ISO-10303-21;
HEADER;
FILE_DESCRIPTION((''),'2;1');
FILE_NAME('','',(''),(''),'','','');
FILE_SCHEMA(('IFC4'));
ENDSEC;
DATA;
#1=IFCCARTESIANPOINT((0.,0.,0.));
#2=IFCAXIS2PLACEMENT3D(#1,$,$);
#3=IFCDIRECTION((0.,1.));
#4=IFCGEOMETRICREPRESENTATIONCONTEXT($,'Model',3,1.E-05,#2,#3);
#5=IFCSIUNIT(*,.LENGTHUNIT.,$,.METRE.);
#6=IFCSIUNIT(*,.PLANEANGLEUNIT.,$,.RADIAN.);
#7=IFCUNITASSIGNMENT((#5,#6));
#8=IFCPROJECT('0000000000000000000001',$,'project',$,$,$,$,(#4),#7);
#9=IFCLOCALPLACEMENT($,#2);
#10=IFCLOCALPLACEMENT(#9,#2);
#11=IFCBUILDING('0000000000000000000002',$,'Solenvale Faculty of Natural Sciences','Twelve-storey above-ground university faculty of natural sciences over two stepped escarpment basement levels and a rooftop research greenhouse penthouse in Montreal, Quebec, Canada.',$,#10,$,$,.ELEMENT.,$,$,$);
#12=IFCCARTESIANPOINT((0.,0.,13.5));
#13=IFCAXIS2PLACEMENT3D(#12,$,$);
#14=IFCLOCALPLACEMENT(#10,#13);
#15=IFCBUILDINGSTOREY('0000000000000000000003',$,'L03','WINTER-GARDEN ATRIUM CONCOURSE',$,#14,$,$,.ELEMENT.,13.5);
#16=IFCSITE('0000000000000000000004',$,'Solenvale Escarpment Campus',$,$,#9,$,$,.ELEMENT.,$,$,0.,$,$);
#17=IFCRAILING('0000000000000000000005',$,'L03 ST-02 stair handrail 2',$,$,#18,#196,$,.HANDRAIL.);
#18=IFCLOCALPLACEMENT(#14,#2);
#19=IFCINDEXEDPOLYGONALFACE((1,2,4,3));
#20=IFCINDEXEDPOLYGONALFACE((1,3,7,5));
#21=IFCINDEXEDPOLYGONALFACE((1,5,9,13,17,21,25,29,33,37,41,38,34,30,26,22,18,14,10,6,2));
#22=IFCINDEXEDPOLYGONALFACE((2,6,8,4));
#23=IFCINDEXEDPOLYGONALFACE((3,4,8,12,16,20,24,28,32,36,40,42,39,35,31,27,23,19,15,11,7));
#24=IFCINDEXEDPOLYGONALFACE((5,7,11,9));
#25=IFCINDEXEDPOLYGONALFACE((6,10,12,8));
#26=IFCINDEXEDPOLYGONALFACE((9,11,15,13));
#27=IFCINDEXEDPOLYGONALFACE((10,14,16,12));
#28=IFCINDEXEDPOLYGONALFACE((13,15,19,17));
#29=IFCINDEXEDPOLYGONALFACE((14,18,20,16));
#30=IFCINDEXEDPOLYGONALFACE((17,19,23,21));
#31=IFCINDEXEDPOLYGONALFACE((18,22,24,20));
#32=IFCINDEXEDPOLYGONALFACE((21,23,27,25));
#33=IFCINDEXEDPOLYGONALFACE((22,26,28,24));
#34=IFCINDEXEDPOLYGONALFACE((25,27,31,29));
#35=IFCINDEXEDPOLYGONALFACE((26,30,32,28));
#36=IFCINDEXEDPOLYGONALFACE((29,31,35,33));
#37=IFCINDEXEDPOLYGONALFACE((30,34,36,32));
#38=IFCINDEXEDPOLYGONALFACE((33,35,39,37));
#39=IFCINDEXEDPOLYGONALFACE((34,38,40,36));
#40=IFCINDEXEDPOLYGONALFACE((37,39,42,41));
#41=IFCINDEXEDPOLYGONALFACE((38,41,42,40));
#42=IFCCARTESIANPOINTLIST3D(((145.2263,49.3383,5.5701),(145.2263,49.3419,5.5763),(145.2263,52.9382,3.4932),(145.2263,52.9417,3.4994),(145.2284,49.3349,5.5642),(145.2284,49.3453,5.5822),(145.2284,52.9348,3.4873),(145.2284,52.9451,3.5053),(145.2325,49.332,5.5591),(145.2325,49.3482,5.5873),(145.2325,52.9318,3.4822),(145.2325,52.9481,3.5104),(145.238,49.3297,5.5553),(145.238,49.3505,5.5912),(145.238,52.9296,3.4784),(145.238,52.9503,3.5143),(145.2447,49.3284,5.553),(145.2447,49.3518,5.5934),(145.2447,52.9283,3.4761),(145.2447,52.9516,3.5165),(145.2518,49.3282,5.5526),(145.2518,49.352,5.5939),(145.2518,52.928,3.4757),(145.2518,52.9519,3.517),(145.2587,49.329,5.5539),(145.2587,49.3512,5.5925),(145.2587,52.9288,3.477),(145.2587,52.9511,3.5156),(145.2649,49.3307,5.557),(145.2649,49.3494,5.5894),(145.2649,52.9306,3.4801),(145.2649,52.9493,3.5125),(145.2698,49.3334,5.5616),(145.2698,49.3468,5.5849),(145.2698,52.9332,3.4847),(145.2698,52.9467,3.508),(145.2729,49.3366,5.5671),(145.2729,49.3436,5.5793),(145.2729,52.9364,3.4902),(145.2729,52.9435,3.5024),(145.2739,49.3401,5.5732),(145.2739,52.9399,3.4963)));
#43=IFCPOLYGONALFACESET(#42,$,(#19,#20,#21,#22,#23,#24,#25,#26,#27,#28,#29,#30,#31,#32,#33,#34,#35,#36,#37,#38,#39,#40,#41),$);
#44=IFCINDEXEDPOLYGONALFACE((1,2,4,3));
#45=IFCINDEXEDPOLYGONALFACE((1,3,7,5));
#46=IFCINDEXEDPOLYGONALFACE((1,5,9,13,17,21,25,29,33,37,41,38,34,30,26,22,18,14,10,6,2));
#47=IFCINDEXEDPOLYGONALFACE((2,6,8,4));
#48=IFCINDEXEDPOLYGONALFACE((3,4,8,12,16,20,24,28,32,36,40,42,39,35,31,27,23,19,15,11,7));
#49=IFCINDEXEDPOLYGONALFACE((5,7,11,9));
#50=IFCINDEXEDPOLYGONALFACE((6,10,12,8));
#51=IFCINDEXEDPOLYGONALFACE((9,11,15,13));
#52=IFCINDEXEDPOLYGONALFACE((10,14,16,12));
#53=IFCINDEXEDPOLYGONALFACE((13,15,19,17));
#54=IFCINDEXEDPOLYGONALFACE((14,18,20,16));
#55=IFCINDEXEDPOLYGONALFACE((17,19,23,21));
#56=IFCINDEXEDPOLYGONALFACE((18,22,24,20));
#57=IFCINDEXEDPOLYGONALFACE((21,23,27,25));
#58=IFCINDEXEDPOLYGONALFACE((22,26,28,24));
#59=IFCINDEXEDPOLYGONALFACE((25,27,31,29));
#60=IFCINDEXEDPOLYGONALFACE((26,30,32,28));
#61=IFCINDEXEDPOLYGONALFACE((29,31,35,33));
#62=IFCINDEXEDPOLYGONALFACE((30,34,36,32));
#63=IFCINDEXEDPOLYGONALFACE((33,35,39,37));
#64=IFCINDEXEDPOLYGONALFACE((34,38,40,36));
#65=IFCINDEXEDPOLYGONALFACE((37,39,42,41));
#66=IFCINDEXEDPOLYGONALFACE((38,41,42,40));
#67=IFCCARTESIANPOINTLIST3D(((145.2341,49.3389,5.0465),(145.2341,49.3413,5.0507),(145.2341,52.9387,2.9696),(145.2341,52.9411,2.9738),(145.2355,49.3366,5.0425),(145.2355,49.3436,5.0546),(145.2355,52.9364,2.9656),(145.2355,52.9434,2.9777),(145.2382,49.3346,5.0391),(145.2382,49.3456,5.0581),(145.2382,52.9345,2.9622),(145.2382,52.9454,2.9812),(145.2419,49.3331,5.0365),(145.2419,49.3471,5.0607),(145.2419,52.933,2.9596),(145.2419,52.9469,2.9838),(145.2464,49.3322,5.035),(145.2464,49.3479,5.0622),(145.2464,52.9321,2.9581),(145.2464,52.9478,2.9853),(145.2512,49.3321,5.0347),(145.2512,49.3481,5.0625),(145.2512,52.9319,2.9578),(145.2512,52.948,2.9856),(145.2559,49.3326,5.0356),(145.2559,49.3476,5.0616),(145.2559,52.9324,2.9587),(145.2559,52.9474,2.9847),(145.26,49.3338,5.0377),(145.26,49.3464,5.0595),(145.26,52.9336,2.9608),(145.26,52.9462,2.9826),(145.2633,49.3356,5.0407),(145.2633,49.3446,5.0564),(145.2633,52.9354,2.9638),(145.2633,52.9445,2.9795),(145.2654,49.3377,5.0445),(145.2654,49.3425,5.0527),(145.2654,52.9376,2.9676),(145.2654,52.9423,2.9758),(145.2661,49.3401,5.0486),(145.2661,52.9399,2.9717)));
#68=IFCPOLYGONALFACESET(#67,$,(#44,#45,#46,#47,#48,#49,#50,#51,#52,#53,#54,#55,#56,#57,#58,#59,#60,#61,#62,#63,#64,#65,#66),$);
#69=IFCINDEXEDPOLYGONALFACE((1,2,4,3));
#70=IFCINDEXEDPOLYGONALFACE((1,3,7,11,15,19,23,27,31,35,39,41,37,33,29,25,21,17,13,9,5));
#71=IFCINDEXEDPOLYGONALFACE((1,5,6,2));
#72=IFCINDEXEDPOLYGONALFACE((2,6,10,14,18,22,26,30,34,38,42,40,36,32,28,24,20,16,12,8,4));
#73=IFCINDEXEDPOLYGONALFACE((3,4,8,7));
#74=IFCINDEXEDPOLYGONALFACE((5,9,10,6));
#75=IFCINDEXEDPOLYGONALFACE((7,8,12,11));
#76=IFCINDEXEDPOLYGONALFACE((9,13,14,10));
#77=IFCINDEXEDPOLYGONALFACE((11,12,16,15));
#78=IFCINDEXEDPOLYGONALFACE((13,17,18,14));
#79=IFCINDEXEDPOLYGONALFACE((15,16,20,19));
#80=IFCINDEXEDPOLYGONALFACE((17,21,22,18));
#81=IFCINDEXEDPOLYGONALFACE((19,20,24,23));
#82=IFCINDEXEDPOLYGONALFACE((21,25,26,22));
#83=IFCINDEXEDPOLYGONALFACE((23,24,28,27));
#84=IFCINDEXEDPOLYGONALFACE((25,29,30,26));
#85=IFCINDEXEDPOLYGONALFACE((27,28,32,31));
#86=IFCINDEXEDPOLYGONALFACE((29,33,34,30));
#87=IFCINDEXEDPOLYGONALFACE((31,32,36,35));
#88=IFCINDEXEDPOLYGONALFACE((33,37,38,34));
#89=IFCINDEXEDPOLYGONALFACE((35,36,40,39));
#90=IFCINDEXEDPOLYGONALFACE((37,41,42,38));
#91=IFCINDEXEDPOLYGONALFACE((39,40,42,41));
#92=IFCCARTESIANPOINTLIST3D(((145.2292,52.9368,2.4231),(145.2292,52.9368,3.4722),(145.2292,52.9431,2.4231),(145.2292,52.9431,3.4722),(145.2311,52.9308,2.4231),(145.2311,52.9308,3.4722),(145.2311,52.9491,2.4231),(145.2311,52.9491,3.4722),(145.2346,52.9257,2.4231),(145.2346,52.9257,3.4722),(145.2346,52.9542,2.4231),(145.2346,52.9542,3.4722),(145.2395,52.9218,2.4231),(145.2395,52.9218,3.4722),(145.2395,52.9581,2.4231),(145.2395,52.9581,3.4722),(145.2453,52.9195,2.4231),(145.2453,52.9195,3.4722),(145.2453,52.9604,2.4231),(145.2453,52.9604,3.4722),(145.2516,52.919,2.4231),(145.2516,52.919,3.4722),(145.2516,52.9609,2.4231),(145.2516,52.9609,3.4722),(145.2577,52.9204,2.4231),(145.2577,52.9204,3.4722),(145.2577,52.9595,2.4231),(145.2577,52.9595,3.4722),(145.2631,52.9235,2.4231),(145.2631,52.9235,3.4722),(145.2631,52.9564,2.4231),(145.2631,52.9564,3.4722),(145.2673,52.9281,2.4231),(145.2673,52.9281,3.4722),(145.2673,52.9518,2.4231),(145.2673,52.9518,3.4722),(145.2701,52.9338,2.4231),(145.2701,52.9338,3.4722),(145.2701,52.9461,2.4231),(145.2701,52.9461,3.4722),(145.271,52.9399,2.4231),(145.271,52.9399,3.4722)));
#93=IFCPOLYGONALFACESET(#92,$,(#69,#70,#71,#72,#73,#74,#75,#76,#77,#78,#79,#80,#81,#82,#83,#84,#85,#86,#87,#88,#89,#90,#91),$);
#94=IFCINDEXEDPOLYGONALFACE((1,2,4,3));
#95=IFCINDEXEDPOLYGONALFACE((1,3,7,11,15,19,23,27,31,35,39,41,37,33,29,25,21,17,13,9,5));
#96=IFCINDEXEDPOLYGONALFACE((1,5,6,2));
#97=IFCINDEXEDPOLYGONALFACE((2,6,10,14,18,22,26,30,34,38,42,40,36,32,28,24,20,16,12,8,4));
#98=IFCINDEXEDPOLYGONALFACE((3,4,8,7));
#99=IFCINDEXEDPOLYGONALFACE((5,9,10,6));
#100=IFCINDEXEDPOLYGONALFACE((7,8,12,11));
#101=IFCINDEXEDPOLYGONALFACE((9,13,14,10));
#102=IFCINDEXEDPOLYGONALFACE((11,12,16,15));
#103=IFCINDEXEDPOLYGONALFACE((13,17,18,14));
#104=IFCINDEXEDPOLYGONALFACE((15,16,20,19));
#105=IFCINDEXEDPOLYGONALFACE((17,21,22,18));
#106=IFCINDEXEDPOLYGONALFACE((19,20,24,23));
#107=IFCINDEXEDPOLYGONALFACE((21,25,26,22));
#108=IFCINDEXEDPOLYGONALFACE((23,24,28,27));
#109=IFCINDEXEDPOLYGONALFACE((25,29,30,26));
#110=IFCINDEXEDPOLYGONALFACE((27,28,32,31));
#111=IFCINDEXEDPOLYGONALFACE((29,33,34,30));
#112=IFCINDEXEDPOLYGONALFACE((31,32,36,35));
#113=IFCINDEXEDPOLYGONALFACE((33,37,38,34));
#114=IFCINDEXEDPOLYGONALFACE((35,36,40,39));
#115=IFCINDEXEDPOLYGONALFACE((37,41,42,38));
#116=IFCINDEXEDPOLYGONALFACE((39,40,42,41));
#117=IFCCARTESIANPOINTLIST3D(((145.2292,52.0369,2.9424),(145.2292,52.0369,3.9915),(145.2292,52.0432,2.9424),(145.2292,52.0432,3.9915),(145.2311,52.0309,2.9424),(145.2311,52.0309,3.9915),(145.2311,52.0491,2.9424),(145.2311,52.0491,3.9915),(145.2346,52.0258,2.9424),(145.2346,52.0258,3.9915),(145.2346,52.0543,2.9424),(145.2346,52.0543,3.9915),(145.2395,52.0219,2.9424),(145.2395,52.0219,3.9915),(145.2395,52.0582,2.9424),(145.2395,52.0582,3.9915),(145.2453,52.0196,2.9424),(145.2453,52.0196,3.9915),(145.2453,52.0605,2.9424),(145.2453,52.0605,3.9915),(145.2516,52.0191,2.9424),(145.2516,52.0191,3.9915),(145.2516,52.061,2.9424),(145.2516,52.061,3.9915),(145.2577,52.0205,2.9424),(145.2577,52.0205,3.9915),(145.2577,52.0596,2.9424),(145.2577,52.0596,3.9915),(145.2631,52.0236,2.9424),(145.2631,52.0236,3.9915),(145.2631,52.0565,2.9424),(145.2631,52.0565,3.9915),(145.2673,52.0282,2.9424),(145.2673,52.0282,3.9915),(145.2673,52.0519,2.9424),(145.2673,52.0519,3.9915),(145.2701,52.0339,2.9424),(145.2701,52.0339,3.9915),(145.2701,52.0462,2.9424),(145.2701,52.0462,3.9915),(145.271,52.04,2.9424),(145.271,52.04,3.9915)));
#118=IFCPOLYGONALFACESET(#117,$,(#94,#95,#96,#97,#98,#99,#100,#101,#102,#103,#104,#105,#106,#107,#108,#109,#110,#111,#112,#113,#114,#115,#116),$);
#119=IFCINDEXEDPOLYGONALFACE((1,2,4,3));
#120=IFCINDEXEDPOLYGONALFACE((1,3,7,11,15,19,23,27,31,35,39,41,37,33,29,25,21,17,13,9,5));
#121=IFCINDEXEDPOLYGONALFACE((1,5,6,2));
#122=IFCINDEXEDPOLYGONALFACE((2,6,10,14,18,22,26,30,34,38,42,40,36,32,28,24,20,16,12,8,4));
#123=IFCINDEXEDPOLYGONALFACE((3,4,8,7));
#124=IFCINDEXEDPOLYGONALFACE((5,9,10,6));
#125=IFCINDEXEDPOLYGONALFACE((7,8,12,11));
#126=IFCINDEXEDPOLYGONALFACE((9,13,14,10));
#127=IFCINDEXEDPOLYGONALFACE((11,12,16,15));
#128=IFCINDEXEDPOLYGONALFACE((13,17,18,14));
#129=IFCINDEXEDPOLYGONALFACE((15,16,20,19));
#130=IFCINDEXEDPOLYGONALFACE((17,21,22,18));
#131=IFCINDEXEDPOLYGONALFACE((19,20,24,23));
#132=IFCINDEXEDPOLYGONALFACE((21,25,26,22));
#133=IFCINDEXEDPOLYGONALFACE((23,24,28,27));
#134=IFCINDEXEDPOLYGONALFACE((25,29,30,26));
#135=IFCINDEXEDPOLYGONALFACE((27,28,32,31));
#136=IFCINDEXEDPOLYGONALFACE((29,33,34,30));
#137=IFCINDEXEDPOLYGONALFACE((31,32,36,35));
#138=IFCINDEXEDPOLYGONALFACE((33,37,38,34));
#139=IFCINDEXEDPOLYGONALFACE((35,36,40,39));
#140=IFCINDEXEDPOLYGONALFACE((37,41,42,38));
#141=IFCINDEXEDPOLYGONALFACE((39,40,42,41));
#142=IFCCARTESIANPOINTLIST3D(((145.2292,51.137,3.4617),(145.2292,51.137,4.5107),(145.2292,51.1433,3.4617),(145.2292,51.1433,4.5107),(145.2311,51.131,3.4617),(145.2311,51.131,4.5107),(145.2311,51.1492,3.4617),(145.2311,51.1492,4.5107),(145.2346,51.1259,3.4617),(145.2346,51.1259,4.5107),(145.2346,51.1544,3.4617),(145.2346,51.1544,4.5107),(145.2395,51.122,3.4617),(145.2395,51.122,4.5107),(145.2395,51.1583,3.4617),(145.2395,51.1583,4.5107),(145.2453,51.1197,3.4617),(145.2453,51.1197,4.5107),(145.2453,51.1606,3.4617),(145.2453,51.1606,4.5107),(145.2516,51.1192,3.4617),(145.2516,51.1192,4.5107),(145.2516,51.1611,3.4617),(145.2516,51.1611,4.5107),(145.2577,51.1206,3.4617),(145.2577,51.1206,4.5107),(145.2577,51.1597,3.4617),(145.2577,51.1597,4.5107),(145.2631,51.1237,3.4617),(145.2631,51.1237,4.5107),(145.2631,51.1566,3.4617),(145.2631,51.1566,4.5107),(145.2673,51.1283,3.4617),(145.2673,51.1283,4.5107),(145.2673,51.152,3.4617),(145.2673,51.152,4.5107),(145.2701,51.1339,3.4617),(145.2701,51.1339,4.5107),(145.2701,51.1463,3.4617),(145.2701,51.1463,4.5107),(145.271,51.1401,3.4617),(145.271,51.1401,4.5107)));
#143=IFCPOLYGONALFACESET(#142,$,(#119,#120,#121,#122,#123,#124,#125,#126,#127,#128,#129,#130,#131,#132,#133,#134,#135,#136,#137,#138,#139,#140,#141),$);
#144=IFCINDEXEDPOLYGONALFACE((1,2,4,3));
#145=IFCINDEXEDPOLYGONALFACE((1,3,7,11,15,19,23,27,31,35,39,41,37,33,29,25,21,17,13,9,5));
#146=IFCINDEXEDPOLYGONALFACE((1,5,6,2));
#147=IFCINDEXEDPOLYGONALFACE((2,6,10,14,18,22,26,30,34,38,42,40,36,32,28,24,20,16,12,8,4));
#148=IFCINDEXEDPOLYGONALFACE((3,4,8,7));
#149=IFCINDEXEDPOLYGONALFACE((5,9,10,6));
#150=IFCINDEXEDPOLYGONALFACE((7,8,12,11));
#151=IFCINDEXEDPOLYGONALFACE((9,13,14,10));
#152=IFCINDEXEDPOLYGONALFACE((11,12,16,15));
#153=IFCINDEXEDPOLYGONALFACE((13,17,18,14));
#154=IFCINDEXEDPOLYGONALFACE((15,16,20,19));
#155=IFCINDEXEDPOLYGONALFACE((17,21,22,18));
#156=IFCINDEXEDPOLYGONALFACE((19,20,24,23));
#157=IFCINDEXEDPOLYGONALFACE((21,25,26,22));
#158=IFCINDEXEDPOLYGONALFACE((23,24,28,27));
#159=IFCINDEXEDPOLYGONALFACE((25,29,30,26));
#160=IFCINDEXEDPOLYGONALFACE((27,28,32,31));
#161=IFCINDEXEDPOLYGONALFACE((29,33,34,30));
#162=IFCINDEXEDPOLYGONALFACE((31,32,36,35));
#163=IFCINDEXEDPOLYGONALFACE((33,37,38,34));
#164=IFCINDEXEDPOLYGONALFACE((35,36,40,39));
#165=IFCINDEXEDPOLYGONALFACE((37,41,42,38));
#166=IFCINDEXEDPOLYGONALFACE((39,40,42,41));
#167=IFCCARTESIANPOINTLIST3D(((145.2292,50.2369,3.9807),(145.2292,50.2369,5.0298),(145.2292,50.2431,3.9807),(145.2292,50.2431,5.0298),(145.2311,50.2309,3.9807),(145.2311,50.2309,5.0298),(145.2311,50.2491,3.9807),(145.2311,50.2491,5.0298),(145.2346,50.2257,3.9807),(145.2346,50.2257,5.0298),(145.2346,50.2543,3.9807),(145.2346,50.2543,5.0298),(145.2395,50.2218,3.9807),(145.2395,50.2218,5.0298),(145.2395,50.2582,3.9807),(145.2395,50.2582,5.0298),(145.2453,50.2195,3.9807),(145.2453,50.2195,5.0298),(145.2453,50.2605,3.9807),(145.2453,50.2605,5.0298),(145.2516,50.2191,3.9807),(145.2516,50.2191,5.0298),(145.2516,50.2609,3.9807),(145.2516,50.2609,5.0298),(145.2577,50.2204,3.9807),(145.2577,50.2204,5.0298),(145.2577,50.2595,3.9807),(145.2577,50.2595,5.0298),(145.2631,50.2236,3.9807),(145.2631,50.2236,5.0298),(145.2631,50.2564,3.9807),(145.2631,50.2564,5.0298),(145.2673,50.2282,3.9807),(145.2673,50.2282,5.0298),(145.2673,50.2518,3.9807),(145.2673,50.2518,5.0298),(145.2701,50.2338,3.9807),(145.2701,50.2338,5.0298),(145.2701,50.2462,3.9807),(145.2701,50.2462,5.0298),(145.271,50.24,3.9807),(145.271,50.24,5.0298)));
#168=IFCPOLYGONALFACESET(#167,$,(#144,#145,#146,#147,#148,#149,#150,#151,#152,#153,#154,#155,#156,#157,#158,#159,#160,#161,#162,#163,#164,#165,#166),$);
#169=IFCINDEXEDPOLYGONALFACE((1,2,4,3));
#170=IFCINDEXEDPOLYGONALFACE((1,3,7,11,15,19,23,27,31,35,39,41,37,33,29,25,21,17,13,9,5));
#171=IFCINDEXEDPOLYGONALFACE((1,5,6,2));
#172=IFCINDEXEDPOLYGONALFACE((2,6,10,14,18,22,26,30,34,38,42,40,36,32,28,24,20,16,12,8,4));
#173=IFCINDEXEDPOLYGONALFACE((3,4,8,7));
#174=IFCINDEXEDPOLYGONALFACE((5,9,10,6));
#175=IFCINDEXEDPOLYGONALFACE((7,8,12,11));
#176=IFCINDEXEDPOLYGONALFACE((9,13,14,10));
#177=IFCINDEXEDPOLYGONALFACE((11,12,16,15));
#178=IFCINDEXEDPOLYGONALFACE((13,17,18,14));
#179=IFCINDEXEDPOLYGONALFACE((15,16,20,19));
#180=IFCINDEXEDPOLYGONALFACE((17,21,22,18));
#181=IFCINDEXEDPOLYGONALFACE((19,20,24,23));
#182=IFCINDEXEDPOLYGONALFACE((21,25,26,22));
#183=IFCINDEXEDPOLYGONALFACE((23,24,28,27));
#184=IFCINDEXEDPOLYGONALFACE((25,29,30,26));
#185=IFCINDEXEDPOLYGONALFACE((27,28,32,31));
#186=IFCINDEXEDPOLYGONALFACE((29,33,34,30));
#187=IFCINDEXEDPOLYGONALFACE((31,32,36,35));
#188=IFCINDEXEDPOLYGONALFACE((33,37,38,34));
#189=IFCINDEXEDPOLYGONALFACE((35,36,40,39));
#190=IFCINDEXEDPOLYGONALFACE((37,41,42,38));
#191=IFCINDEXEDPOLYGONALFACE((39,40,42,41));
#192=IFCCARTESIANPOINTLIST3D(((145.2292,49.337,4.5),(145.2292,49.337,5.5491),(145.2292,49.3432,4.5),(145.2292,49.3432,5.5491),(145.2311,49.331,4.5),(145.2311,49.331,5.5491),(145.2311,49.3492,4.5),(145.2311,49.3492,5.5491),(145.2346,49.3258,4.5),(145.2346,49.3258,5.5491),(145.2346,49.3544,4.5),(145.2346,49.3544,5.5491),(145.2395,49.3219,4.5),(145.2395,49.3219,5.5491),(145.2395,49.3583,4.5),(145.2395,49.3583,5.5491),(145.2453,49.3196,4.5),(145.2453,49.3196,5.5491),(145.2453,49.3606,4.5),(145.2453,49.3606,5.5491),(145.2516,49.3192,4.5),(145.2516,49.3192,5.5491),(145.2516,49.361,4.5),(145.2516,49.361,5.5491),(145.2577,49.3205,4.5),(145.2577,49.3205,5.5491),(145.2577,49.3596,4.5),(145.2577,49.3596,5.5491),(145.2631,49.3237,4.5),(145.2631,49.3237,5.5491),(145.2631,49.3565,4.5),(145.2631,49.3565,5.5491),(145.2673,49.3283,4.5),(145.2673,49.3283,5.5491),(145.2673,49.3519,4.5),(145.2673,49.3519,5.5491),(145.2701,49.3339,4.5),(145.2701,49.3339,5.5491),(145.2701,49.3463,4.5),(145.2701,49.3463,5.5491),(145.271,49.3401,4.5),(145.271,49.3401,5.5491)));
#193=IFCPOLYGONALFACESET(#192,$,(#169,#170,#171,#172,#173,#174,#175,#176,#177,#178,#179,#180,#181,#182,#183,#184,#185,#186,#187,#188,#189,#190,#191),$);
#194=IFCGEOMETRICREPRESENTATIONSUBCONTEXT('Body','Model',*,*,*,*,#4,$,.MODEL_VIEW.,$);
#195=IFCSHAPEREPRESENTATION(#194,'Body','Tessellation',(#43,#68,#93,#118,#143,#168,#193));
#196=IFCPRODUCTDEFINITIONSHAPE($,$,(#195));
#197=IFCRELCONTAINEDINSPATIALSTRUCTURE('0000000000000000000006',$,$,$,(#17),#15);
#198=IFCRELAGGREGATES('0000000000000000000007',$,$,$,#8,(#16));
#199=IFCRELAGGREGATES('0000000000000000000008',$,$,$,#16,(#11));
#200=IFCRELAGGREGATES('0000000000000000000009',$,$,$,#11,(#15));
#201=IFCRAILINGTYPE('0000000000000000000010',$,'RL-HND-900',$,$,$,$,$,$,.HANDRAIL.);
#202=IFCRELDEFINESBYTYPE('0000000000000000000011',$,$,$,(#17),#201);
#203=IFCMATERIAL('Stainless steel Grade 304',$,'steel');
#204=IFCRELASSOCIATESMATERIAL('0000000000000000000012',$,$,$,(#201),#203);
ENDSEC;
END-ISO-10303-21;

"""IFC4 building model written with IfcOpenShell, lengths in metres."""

from ifc_helpers import new_model, si_unit, direction, frame, origin, origin_2d, place, context, subcontext, project, spatial, circle, extrude, material, type_object, element, save


model = new_model("IFC4")

# Units and contexts
model_context = context("Model", 3, precision=1e-05, world=origin(), true_north=direction((0.0, 1.0)))
body_context = subcontext(model_context, "Body", "Model", "MODEL_VIEW")
ifc_project = project(units=[si_unit("LENGTHUNIT", "METRE"), si_unit("PLANEANGLEUNIT", "RADIAN")], contexts=[model_context])

# Site, building, storey
site_placement = place(None, origin())
site = spatial("IfcSite", under=ifc_project, at=site_placement, Name="Solenvale Escarpment Campus", CompositionType="ELEMENT", RefElevation=0.0)
building_placement = place(site_placement, origin())
building = spatial("IfcBuilding", under=site, at=building_placement, Name="Solenvale Faculty of Natural Sciences", Description="Twelve-storey above-ground university faculty of natural sciences over two stepped escarpment basement levels and a rooftop research greenhouse penthouse in Montreal, Quebec, Canada.", CompositionType="ELEMENT")
storey_placement = place(building_placement, frame((0.0, 0.0, 13.5)))
storey = spatial("IfcBuildingStorey", under=building, at=storey_placement, Name="L03", Description="WINTER-GARDEN ATRIUM CONCOURSE", CompositionType="ELEMENT", Elevation=13.5)

# Railing
ifc_material_1 = material(Name="Stainless steel Grade 304", Category="steel")
railing_type = type_object("IfcRailingType", Name="RL-HND-900", PredefinedType="HANDRAIL", material=ifc_material_1)
railing_placement = place(storey_placement, frame((145.25, 52.9399, 2.4231)))
element("IfcRailing", 1, at=railing_placement, inside=storey, type_object=railing_type, Name="L03 ST-02 stair handrail 2", PredefinedType="HANDRAIL", context=body_context, shape_type="SweptSolid", body=[
    extrude(circle(Radius=0.0239, at=origin_2d()), frame((0.0, 0.0, 1.0732), z_axis=(0.0, -0.866179, 0.499734), x_axis=(1.0, 0.0, 0.0)), (0.0, 0.0, 1.0), 4.156),
    extrude(circle(Radius=0.0161, at=origin_2d()), frame((0.0, 0.0, 0.5486), z_axis=(0.0, -0.866179, 0.499734), x_axis=(1.0, 0.0, 0.0)), (0.0, 0.0, 1.0), 4.156),
    extrude(circle(Radius=0.021, at=origin_2d()), origin(), (0.0, 0.0, 1.0), 1.0491),
    extrude(circle(Radius=0.021, at=origin_2d()), frame((0.0, -0.8999, 0.5193)), (0.0, 0.0, 1.0), 1.0491),
    extrude(circle(Radius=0.021, at=origin_2d()), frame((0.0, -1.7998, 1.0386)), (0.0, 0.0, 1.0), 1.0491),
    extrude(circle(Radius=0.021, at=origin_2d()), frame((0.0, -2.7, 1.5576)), (0.0, 0.0, 1.0), 1.0491),
    extrude(circle(Radius=0.021, at=origin_2d()), frame((0.0, -3.5999, 2.0769)), (0.0, 0.0, 1.0), 1.0491),
])

save(model, "model.ifc")
